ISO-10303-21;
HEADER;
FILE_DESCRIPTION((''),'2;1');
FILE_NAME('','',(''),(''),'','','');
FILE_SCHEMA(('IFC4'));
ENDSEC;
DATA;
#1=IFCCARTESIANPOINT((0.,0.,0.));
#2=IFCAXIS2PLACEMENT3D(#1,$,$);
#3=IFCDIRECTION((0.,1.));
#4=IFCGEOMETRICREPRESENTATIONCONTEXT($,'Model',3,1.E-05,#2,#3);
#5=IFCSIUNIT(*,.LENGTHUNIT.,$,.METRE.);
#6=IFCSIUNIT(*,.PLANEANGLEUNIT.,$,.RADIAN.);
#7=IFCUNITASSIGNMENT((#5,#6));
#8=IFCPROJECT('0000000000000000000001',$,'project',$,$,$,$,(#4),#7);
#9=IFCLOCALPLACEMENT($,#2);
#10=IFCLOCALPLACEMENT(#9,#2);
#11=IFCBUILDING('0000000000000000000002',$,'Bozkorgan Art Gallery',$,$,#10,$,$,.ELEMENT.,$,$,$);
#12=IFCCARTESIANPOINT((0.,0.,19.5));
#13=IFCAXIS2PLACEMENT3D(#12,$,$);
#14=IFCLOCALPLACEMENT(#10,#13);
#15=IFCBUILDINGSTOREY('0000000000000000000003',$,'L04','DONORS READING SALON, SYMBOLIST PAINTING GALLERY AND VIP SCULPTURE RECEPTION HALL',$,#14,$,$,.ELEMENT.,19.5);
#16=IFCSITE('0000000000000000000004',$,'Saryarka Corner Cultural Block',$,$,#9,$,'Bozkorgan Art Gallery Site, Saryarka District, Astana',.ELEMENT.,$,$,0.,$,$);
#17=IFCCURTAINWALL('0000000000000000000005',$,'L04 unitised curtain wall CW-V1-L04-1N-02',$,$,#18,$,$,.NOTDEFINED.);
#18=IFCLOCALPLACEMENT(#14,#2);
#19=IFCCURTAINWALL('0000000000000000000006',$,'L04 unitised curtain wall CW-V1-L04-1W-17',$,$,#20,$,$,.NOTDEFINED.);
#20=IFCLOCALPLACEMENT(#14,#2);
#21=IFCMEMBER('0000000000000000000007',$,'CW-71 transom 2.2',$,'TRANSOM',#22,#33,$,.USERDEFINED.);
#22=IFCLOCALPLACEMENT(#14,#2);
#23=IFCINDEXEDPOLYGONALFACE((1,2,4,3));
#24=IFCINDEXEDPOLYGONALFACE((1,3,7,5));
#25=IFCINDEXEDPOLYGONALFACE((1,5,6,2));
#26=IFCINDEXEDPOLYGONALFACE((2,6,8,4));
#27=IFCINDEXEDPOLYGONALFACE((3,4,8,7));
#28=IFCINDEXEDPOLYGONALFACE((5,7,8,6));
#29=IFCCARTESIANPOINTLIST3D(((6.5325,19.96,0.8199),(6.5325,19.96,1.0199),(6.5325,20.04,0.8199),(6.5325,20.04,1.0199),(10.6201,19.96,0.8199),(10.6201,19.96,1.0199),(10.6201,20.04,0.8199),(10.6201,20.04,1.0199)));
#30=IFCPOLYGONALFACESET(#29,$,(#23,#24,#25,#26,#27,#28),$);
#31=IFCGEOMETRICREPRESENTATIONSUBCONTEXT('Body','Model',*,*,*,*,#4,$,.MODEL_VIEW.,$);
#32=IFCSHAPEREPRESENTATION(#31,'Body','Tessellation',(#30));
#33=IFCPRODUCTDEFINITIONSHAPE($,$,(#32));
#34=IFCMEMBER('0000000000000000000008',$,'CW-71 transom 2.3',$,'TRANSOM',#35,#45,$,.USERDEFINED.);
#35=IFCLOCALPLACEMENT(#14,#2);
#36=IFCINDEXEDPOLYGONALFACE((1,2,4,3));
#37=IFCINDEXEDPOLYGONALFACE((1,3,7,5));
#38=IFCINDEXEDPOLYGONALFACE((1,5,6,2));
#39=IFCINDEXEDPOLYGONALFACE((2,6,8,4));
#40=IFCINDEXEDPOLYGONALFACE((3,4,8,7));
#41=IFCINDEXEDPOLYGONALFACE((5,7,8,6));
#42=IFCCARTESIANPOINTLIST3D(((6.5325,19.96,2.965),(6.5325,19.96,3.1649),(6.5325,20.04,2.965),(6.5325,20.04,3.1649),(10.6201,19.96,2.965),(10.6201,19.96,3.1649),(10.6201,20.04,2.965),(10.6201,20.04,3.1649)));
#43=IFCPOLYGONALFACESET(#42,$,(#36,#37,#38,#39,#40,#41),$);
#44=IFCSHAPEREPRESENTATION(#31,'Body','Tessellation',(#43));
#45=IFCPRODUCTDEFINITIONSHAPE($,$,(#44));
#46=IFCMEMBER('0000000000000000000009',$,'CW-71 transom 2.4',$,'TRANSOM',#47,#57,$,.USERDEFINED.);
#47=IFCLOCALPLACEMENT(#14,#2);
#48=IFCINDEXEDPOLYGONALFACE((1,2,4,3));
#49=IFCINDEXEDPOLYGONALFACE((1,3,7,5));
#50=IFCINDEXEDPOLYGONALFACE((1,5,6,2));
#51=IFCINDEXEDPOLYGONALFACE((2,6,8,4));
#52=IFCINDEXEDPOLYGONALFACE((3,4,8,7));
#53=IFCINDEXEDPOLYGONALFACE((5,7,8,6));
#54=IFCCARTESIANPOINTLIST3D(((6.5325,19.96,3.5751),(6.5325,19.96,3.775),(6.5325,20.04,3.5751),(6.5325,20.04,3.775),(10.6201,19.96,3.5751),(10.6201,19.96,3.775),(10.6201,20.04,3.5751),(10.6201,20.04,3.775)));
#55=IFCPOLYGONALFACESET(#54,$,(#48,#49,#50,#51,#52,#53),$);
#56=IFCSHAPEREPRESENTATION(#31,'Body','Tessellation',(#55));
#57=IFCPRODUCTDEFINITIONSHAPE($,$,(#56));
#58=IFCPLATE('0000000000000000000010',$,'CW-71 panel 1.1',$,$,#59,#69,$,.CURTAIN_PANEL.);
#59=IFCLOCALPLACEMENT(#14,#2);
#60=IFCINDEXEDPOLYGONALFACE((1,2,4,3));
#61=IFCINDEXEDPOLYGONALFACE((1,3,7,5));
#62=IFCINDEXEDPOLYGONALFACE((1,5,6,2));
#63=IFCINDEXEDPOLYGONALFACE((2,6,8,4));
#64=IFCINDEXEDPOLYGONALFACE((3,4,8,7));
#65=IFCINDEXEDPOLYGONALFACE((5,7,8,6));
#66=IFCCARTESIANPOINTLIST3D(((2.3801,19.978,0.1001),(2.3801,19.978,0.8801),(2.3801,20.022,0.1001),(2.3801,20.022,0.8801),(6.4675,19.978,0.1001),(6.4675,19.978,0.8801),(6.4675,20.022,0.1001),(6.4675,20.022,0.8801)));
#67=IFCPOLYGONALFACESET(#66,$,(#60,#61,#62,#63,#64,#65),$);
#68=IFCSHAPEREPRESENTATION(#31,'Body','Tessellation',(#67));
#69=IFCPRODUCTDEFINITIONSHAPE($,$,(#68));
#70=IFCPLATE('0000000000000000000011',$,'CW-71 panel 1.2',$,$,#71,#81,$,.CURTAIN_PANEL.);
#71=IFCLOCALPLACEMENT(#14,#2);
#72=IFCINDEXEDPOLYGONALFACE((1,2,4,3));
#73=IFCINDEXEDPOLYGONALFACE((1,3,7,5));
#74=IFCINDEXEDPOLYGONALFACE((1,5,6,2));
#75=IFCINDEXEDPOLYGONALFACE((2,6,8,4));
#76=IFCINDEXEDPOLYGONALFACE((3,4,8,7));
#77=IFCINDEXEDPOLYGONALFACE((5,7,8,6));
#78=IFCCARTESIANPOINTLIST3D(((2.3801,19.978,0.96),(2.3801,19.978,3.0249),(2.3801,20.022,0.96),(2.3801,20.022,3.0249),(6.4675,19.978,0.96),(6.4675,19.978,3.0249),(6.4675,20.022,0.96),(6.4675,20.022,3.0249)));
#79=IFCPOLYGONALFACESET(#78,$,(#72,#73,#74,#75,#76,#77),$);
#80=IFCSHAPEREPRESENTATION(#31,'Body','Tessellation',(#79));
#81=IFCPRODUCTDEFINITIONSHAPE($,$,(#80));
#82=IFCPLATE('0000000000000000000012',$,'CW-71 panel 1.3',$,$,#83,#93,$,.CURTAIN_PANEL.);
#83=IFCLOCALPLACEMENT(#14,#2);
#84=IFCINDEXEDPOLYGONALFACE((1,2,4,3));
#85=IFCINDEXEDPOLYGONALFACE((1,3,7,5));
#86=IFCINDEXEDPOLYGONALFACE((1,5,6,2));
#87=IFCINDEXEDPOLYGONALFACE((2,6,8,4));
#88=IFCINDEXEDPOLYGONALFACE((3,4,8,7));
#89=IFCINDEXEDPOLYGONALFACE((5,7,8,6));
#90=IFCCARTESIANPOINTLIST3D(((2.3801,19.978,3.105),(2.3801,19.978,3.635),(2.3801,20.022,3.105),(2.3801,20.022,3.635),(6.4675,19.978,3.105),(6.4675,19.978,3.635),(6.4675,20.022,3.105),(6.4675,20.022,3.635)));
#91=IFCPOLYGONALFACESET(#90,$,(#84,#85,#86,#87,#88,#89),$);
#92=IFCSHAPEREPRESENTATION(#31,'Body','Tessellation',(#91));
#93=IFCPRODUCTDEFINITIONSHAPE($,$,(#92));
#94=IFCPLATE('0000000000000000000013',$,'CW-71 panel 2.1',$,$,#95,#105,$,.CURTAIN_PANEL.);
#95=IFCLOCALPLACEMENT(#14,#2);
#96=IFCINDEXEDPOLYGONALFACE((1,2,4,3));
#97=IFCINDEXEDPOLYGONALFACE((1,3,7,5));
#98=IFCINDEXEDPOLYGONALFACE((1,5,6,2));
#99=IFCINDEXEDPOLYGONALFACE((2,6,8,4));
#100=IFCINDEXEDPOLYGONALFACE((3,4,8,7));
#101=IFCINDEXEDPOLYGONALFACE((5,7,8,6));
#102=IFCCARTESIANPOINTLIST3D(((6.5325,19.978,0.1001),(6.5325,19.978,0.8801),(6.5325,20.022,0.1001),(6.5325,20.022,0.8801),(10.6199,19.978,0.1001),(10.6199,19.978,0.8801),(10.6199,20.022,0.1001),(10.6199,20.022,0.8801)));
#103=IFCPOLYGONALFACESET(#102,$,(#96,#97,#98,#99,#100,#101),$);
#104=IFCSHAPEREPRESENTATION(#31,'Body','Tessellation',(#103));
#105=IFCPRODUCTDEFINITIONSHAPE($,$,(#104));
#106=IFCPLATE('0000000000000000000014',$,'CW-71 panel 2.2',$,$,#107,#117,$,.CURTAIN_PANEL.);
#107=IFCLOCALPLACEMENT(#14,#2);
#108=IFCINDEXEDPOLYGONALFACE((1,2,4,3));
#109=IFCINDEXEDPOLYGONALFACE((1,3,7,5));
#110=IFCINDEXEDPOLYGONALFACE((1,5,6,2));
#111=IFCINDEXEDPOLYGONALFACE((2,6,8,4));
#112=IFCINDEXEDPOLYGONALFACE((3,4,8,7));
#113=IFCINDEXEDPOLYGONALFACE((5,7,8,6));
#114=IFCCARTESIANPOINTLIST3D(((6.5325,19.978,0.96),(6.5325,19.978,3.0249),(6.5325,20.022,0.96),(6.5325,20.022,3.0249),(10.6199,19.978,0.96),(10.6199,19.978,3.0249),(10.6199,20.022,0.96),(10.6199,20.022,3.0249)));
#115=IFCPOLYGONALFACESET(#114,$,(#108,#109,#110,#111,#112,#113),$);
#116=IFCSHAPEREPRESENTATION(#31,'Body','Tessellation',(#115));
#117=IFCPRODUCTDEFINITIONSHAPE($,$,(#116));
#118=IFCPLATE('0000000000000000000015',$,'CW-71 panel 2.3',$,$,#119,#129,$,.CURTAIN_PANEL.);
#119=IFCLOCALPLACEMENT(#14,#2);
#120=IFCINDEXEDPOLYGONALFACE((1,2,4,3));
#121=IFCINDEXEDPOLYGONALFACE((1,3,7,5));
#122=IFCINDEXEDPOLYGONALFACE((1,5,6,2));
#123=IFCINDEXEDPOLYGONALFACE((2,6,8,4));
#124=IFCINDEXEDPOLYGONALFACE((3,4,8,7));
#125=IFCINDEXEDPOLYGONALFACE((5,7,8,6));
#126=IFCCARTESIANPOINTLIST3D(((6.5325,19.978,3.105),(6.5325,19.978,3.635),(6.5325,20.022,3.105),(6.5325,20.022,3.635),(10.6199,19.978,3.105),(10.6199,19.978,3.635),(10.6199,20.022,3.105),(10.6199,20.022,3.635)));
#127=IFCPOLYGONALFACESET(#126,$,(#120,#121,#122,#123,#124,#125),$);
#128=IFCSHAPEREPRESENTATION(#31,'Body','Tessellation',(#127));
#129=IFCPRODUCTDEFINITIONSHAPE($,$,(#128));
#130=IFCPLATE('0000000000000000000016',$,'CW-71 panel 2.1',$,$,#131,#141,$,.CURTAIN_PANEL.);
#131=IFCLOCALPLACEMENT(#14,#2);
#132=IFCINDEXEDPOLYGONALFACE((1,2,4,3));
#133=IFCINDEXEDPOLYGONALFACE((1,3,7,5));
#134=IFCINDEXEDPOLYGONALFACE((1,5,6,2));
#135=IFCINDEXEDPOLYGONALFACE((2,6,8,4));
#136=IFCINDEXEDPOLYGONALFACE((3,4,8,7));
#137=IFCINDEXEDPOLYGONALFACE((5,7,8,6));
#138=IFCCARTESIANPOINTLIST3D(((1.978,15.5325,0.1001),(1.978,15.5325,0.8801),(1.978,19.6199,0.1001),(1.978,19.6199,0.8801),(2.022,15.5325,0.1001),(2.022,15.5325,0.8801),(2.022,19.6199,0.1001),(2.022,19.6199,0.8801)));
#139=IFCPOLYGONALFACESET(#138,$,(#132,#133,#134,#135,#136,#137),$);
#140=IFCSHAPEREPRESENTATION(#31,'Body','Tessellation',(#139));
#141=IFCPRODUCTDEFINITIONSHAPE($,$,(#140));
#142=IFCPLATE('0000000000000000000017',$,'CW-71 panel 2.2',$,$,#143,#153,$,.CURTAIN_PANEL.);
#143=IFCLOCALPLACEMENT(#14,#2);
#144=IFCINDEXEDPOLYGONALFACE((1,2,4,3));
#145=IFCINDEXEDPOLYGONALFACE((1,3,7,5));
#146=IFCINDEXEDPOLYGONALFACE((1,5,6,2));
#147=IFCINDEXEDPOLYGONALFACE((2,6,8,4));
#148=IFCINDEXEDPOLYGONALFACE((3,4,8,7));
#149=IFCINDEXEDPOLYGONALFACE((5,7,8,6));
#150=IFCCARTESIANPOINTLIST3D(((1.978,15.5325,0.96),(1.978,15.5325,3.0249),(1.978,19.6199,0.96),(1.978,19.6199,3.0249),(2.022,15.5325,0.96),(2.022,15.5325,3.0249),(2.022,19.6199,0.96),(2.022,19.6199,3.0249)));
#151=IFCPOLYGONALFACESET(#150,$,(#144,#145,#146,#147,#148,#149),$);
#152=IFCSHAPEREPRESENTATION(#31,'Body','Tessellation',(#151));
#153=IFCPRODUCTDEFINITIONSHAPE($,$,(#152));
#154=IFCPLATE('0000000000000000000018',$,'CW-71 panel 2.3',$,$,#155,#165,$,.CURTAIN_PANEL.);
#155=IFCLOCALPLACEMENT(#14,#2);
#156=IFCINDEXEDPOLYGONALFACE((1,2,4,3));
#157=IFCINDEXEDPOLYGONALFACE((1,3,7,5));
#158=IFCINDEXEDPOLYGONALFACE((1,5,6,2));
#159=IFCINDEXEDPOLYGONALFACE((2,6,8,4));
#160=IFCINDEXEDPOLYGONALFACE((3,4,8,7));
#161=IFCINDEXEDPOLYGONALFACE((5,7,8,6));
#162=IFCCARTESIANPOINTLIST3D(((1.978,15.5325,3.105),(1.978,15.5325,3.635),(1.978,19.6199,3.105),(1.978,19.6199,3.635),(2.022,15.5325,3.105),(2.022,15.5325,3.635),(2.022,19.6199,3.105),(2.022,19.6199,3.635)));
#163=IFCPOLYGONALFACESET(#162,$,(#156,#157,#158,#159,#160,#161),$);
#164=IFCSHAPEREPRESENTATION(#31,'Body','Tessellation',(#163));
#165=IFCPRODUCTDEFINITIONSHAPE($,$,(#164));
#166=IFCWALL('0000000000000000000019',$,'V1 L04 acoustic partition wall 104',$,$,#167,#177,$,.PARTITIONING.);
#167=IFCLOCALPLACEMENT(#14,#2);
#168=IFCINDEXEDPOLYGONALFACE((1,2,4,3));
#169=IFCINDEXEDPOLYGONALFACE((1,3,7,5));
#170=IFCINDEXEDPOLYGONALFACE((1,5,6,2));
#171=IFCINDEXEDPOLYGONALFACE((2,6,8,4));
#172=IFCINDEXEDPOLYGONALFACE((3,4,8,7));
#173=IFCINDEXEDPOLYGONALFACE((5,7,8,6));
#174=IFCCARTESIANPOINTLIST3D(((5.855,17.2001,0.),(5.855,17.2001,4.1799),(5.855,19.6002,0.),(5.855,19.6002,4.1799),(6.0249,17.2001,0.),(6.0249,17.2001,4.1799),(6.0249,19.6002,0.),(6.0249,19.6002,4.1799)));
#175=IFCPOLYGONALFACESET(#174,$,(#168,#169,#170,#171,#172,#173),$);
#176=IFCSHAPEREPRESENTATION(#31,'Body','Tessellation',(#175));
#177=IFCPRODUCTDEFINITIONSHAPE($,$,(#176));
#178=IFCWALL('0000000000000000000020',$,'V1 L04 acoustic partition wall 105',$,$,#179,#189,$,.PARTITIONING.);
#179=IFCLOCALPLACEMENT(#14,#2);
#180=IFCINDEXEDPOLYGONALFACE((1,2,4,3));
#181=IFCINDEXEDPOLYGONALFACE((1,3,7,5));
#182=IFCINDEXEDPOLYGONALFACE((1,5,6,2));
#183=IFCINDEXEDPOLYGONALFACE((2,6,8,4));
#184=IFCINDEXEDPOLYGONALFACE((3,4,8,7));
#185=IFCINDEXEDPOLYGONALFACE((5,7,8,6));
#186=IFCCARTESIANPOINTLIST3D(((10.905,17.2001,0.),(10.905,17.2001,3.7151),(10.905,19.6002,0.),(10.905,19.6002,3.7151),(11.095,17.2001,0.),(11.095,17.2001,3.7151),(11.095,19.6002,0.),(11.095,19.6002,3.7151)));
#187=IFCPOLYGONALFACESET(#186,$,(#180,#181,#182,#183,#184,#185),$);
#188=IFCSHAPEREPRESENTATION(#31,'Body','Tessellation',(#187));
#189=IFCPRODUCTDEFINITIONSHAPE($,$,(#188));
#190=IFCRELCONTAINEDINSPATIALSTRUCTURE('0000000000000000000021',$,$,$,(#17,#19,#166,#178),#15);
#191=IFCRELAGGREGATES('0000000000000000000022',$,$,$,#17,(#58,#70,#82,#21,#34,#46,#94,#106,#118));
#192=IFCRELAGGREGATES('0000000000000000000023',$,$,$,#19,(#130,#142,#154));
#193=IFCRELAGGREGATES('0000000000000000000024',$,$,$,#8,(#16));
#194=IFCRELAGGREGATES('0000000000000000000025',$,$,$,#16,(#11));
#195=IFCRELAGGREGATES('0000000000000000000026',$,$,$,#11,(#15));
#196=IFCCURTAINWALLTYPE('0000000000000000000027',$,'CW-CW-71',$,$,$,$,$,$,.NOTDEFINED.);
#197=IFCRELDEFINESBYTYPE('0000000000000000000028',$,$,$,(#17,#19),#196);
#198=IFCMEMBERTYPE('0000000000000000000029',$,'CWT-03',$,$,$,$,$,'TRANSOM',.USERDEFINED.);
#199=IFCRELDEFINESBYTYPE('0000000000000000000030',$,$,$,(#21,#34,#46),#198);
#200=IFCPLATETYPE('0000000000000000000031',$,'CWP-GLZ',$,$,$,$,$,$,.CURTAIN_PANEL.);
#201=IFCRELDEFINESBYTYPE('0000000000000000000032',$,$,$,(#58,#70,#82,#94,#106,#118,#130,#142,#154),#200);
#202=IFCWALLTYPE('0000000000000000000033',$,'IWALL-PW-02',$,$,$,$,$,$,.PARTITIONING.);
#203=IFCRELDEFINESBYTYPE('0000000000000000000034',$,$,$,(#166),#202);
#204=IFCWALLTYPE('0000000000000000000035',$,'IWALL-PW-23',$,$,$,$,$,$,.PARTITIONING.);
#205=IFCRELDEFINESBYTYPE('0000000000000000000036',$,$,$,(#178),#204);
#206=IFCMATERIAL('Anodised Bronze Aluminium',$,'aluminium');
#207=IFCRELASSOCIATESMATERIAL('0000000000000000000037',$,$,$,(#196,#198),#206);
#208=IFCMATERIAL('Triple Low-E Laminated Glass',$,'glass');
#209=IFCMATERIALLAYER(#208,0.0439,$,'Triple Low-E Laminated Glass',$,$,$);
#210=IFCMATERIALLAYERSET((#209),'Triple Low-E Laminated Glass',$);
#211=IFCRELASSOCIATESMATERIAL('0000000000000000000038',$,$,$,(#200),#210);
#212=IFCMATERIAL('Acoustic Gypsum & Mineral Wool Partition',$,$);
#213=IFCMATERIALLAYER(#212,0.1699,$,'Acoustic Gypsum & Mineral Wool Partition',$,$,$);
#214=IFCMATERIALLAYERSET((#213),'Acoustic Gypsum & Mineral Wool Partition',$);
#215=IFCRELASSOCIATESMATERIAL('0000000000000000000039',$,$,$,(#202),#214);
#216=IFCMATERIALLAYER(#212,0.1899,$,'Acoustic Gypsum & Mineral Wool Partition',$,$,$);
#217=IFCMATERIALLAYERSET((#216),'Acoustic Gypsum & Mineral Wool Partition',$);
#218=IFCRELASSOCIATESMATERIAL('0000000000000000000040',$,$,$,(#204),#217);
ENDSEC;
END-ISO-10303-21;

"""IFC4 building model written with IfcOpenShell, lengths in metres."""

from ifc_helpers import new_model, si_unit, direction, frame, frame_2d, origin, origin_2d, place, context, subcontext, project, spatial, rectangle, extrude, material, layer, layer_set, material_profile, profile_set, type_object, element, aggregate, save


model = new_model("IFC4")

# Units and contexts
model_context = context("Model", 3, precision=1e-05, world=origin(), true_north=direction((0.0, 1.0)))
body_context = subcontext(model_context, "Body", "Model", "MODEL_VIEW")
ifc_project = project(units=[si_unit("LENGTHUNIT", "METRE"), si_unit("PLANEANGLEUNIT", "RADIAN")], contexts=[model_context])

# Site, building, storey
site_placement = place(None, origin())
site = spatial("IfcSite", under=ifc_project, at=site_placement, Name="Saryarka Corner Cultural Block", LongName="Bozkorgan Art Gallery Site, Saryarka District, Astana", CompositionType="ELEMENT", RefElevation=0.0)
building_placement = place(site_placement, origin())
building = spatial("IfcBuilding", under=site, at=building_placement, Name="Bozkorgan Art Gallery", CompositionType="ELEMENT")
storey_placement = place(building_placement, frame((0.0, 0.0, 19.5)))
storey = spatial("IfcBuildingStorey", under=building, at=storey_placement, Name="L04", Description="DONORS READING SALON, SYMBOLIST PAINTING GALLERY AND VIP SCULPTURE RECEPTION HALL", CompositionType="ELEMENT", Elevation=19.5)

# Curtain wall
ifc_material_1 = material(Name="Anodised Bronze Aluminium", Category="aluminium")
curtain_wall_type = type_object("IfcCurtainWallType", Name="CW-CW-71", PredefinedType="NOTDEFINED", material=ifc_material_1)
curtain_wall_1_placement = place(storey_placement, origin())
curtain_wall_1 = element("IfcCurtainWall", 1, at=curtain_wall_1_placement, inside=storey, type_object=curtain_wall_type, Name="L04 unitised curtain wall CW-V1-L04-1N-02", PredefinedType="NOTDEFINED")

# Curtain wall
curtain_wall_2_placement = place(storey_placement, origin())
curtain_wall_2 = element("IfcCurtainWall", 2, at=curtain_wall_2_placement, inside=storey, type_object=curtain_wall_type, Name="L04 unitised curtain wall CW-V1-L04-1W-17", PredefinedType="NOTDEFINED")

# Members
ifc_material_profile_1 = material_profile(ifc_material_1, rectangle(XDim=0.0801, YDim=0.2, at=origin_2d()), Name="ALU TRANSOM 80x200")
ifc_profile_set_1 = profile_set([ifc_material_profile_1], Name="Anodised Bronze Aluminium")
member_type_1 = type_object("IfcMemberType", Name="CWT-03", ElementType="TRANSOM", PredefinedType="USERDEFINED", material=ifc_profile_set_1)
member_1_placement = place(storey_placement, frame((6.5325, 20.0, 0.9199), z_axis=(1.0, 0.0, 0.0), x_axis=(0.0, 1.0, 0.0)))
member_1 = element("IfcMember", 3, at=member_1_placement, type_object=member_type_1, Name="CW-71 transom 2.2", ObjectType="TRANSOM", PredefinedType="USERDEFINED", context=body_context, shape_type="SweptSolid", body=[
    extrude(rectangle(XDim=0.0801, YDim=0.2, at=origin_2d()), origin(), (0.0, 0.0, 1.0), 4.0876),
])
member_2_placement = place(storey_placement, frame((6.5325, 20.0, 3.0649), z_axis=(1.0, 0.0, 0.0), x_axis=(0.0, 1.0, 0.0)))
member_2 = element("IfcMember", 4, at=member_2_placement, type_object=member_type_1, Name="CW-71 transom 2.3", ObjectType="TRANSOM", PredefinedType="USERDEFINED", context=body_context, shape_type="SweptSolid", body=[
    extrude(rectangle(XDim=0.0801, YDim=0.2, at=origin_2d()), origin(), (0.0, 0.0, 1.0), 4.0876),
])
member_3_placement = place(storey_placement, frame((6.5325, 20.0, 3.675), z_axis=(1.0, 0.0, 0.0), x_axis=(0.0, 1.0, 0.0)))
member_3 = element("IfcMember", 5, at=member_3_placement, type_object=member_type_1, Name="CW-71 transom 2.4", ObjectType="TRANSOM", PredefinedType="USERDEFINED", context=body_context, shape_type="SweptSolid", body=[
    extrude(rectangle(XDim=0.0801, YDim=0.2, at=origin_2d()), origin(), (0.0, 0.0, 1.0), 4.0876),
])

# Plates
ifc_material_2 = material(Name="Triple Low-E Laminated Glass", Category="glass")
ifc_layer_1 = layer(ifc_material_2, 0.0439, Name="Triple Low-E Laminated Glass")
ifc_layer_set_1 = layer_set([ifc_layer_1], Name="Triple Low-E Laminated Glass")
plate_type = type_object("IfcPlateType", Name="CWP-GLZ", PredefinedType="CURTAIN_PANEL", material=ifc_layer_set_1)
plate_1_placement = place(storey_placement, frame((4.4238, 20.0, 0.1001), z_axis=(0.0, 0.0, 1.0), x_axis=(1.0, 0.0, 0.0)))
plate_1 = element("IfcPlate", 6, at=plate_1_placement, type_object=plate_type, Name="CW-71 panel 1.1", PredefinedType="CURTAIN_PANEL", context=body_context, shape_type="SweptSolid", body=[
    extrude(rectangle(XDim=4.0874, YDim=0.0439, at=origin_2d()), origin(), (0.0, 0.0, 1.0), 0.78),
])
plate_2_placement = place(storey_placement, frame((4.4238, 20.0, 0.96), z_axis=(0.0, 0.0, 1.0), x_axis=(1.0, 0.0, 0.0)))
plate_2 = element("IfcPlate", 7, at=plate_2_placement, type_object=plate_type, Name="CW-71 panel 1.2", PredefinedType="CURTAIN_PANEL", context=body_context, shape_type="SweptSolid", body=[
    extrude(rectangle(XDim=4.0874, YDim=0.0439, at=origin_2d()), origin(), (0.0, 0.0, 1.0), 2.0649),
])
plate_3_placement = place(storey_placement, frame((4.4238, 20.0, 3.105), z_axis=(0.0, 0.0, 1.0), x_axis=(1.0, 0.0, 0.0)))
plate_3 = element("IfcPlate", 8, at=plate_3_placement, type_object=plate_type, Name="CW-71 panel 1.3", PredefinedType="CURTAIN_PANEL", context=body_context, shape_type="SweptSolid", body=[
    extrude(rectangle(XDim=4.0874, YDim=0.0439, at=origin_2d()), origin(), (0.0, 0.0, 1.0), 0.53),
])
plate_4_placement = place(storey_placement, frame((8.5762, 20.0, 0.1001), z_axis=(0.0, 0.0, 1.0), x_axis=(1.0, 0.0, 0.0)))
plate_4 = element("IfcPlate", 9, at=plate_4_placement, type_object=plate_type, Name="CW-71 panel 2.1", PredefinedType="CURTAIN_PANEL", context=body_context, shape_type="SweptSolid", body=[
    extrude(rectangle(XDim=4.0874, YDim=0.0439, at=origin_2d()), origin(), (0.0, 0.0, 1.0), 0.78),
])
plate_5_placement = place(storey_placement, frame((8.5762, 20.0, 0.96), z_axis=(0.0, 0.0, 1.0), x_axis=(1.0, 0.0, 0.0)))
plate_5 = element("IfcPlate", 10, at=plate_5_placement, type_object=plate_type, Name="CW-71 panel 2.2", PredefinedType="CURTAIN_PANEL", context=body_context, shape_type="SweptSolid", body=[
    extrude(rectangle(XDim=4.0874, YDim=0.0439, at=origin_2d()), origin(), (0.0, 0.0, 1.0), 2.0649),
])
plate_6_placement = place(storey_placement, frame((8.5762, 20.0, 3.105), z_axis=(0.0, 0.0, 1.0), x_axis=(1.0, 0.0, 0.0)))
plate_6 = element("IfcPlate", 11, at=plate_6_placement, type_object=plate_type, Name="CW-71 panel 2.3", PredefinedType="CURTAIN_PANEL", context=body_context, shape_type="SweptSolid", body=[
    extrude(rectangle(XDim=4.0874, YDim=0.0439, at=origin_2d()), origin(), (0.0, 0.0, 1.0), 0.53),
])
aggregate(curtain_wall_1, [plate_1, plate_2, plate_3, member_1, member_2, member_3, plate_4, plate_5, plate_6])
plate_7_placement = place(storey_placement, frame((2.0, 17.5762, 0.1001), z_axis=(0.0, 0.0, 1.0), x_axis=(0.0, 1.0, 0.0)))
plate_7 = element("IfcPlate", 12, at=plate_7_placement, type_object=plate_type, Name="CW-71 panel 2.1", PredefinedType="CURTAIN_PANEL", context=body_context, shape_type="SweptSolid", body=[
    extrude(rectangle(XDim=4.0874, YDim=0.0439, at=origin_2d()), origin(), (0.0, 0.0, 1.0), 0.78),
])
plate_8_placement = place(storey_placement, frame((2.0, 17.5762, 0.96), z_axis=(0.0, 0.0, 1.0), x_axis=(0.0, 1.0, 0.0)))
plate_8 = element("IfcPlate", 13, at=plate_8_placement, type_object=plate_type, Name="CW-71 panel 2.2", PredefinedType="CURTAIN_PANEL", context=body_context, shape_type="SweptSolid", body=[
    extrude(rectangle(XDim=4.0874, YDim=0.0439, at=origin_2d()), origin(), (0.0, 0.0, 1.0), 2.0649),
])
plate_9_placement = place(storey_placement, frame((2.0, 17.5762, 3.105), z_axis=(0.0, 0.0, 1.0), x_axis=(0.0, 1.0, 0.0)))
plate_9 = element("IfcPlate", 14, at=plate_9_placement, type_object=plate_type, Name="CW-71 panel 2.3", PredefinedType="CURTAIN_PANEL", context=body_context, shape_type="SweptSolid", body=[
    extrude(rectangle(XDim=4.0874, YDim=0.0439, at=origin_2d()), origin(), (0.0, 0.0, 1.0), 0.53),
])
aggregate(curtain_wall_2, [plate_7, plate_8, plate_9])

# Walls
ifc_material_3 = material(Name="Acoustic Gypsum & Mineral Wool Partition")
ifc_layer_2 = layer(ifc_material_3, 0.1699, Name="Acoustic Gypsum & Mineral Wool Partition")
ifc_layer_set_2 = layer_set([ifc_layer_2], Name="Acoustic Gypsum & Mineral Wool Partition")
wall_type_1 = type_object("IfcWallType", Name="IWALL-PW-02", PredefinedType="PARTITIONING", material=ifc_layer_set_2)
wall_1_placement = place(storey_placement, frame((5.9399, 17.2, 0.0), z_axis=(0.0, 0.0, 1.0), x_axis=(0.0, 1.0, 0.0)))
element("IfcWall", 15, at=wall_1_placement, inside=storey, type_object=wall_type_1, Name="V1 L04 acoustic partition wall 104", PredefinedType="PARTITIONING", context=body_context, shape_type="SweptSolid", body=[
    extrude(rectangle(XDim=2.4001, YDim=0.1699, at=frame_2d((1.2002, 0.0))), origin(), (0.0, 0.0, 1.0), 4.1799),
])
ifc_layer_3 = layer(ifc_material_3, 0.1899, Name="Acoustic Gypsum & Mineral Wool Partition")
ifc_layer_set_3 = layer_set([ifc_layer_3], Name="Acoustic Gypsum & Mineral Wool Partition")
wall_type_2 = type_object("IfcWallType", Name="IWALL-PW-23", PredefinedType="PARTITIONING", material=ifc_layer_set_3)
wall_2_placement = place(storey_placement, frame((11.0, 17.2, 0.0), z_axis=(0.0, 0.0, 1.0), x_axis=(0.0, 1.0, 0.0)))
element("IfcWall", 16, at=wall_2_placement, inside=storey, type_object=wall_type_2, Name="V1 L04 acoustic partition wall 105", PredefinedType="PARTITIONING", context=body_context, shape_type="SweptSolid", body=[
    extrude(rectangle(XDim=2.4001, YDim=0.1899, at=frame_2d((1.2002, 0.0))), origin(), (0.0, 0.0, 1.0), 3.7151),
])

save(model, "model.ifc")
